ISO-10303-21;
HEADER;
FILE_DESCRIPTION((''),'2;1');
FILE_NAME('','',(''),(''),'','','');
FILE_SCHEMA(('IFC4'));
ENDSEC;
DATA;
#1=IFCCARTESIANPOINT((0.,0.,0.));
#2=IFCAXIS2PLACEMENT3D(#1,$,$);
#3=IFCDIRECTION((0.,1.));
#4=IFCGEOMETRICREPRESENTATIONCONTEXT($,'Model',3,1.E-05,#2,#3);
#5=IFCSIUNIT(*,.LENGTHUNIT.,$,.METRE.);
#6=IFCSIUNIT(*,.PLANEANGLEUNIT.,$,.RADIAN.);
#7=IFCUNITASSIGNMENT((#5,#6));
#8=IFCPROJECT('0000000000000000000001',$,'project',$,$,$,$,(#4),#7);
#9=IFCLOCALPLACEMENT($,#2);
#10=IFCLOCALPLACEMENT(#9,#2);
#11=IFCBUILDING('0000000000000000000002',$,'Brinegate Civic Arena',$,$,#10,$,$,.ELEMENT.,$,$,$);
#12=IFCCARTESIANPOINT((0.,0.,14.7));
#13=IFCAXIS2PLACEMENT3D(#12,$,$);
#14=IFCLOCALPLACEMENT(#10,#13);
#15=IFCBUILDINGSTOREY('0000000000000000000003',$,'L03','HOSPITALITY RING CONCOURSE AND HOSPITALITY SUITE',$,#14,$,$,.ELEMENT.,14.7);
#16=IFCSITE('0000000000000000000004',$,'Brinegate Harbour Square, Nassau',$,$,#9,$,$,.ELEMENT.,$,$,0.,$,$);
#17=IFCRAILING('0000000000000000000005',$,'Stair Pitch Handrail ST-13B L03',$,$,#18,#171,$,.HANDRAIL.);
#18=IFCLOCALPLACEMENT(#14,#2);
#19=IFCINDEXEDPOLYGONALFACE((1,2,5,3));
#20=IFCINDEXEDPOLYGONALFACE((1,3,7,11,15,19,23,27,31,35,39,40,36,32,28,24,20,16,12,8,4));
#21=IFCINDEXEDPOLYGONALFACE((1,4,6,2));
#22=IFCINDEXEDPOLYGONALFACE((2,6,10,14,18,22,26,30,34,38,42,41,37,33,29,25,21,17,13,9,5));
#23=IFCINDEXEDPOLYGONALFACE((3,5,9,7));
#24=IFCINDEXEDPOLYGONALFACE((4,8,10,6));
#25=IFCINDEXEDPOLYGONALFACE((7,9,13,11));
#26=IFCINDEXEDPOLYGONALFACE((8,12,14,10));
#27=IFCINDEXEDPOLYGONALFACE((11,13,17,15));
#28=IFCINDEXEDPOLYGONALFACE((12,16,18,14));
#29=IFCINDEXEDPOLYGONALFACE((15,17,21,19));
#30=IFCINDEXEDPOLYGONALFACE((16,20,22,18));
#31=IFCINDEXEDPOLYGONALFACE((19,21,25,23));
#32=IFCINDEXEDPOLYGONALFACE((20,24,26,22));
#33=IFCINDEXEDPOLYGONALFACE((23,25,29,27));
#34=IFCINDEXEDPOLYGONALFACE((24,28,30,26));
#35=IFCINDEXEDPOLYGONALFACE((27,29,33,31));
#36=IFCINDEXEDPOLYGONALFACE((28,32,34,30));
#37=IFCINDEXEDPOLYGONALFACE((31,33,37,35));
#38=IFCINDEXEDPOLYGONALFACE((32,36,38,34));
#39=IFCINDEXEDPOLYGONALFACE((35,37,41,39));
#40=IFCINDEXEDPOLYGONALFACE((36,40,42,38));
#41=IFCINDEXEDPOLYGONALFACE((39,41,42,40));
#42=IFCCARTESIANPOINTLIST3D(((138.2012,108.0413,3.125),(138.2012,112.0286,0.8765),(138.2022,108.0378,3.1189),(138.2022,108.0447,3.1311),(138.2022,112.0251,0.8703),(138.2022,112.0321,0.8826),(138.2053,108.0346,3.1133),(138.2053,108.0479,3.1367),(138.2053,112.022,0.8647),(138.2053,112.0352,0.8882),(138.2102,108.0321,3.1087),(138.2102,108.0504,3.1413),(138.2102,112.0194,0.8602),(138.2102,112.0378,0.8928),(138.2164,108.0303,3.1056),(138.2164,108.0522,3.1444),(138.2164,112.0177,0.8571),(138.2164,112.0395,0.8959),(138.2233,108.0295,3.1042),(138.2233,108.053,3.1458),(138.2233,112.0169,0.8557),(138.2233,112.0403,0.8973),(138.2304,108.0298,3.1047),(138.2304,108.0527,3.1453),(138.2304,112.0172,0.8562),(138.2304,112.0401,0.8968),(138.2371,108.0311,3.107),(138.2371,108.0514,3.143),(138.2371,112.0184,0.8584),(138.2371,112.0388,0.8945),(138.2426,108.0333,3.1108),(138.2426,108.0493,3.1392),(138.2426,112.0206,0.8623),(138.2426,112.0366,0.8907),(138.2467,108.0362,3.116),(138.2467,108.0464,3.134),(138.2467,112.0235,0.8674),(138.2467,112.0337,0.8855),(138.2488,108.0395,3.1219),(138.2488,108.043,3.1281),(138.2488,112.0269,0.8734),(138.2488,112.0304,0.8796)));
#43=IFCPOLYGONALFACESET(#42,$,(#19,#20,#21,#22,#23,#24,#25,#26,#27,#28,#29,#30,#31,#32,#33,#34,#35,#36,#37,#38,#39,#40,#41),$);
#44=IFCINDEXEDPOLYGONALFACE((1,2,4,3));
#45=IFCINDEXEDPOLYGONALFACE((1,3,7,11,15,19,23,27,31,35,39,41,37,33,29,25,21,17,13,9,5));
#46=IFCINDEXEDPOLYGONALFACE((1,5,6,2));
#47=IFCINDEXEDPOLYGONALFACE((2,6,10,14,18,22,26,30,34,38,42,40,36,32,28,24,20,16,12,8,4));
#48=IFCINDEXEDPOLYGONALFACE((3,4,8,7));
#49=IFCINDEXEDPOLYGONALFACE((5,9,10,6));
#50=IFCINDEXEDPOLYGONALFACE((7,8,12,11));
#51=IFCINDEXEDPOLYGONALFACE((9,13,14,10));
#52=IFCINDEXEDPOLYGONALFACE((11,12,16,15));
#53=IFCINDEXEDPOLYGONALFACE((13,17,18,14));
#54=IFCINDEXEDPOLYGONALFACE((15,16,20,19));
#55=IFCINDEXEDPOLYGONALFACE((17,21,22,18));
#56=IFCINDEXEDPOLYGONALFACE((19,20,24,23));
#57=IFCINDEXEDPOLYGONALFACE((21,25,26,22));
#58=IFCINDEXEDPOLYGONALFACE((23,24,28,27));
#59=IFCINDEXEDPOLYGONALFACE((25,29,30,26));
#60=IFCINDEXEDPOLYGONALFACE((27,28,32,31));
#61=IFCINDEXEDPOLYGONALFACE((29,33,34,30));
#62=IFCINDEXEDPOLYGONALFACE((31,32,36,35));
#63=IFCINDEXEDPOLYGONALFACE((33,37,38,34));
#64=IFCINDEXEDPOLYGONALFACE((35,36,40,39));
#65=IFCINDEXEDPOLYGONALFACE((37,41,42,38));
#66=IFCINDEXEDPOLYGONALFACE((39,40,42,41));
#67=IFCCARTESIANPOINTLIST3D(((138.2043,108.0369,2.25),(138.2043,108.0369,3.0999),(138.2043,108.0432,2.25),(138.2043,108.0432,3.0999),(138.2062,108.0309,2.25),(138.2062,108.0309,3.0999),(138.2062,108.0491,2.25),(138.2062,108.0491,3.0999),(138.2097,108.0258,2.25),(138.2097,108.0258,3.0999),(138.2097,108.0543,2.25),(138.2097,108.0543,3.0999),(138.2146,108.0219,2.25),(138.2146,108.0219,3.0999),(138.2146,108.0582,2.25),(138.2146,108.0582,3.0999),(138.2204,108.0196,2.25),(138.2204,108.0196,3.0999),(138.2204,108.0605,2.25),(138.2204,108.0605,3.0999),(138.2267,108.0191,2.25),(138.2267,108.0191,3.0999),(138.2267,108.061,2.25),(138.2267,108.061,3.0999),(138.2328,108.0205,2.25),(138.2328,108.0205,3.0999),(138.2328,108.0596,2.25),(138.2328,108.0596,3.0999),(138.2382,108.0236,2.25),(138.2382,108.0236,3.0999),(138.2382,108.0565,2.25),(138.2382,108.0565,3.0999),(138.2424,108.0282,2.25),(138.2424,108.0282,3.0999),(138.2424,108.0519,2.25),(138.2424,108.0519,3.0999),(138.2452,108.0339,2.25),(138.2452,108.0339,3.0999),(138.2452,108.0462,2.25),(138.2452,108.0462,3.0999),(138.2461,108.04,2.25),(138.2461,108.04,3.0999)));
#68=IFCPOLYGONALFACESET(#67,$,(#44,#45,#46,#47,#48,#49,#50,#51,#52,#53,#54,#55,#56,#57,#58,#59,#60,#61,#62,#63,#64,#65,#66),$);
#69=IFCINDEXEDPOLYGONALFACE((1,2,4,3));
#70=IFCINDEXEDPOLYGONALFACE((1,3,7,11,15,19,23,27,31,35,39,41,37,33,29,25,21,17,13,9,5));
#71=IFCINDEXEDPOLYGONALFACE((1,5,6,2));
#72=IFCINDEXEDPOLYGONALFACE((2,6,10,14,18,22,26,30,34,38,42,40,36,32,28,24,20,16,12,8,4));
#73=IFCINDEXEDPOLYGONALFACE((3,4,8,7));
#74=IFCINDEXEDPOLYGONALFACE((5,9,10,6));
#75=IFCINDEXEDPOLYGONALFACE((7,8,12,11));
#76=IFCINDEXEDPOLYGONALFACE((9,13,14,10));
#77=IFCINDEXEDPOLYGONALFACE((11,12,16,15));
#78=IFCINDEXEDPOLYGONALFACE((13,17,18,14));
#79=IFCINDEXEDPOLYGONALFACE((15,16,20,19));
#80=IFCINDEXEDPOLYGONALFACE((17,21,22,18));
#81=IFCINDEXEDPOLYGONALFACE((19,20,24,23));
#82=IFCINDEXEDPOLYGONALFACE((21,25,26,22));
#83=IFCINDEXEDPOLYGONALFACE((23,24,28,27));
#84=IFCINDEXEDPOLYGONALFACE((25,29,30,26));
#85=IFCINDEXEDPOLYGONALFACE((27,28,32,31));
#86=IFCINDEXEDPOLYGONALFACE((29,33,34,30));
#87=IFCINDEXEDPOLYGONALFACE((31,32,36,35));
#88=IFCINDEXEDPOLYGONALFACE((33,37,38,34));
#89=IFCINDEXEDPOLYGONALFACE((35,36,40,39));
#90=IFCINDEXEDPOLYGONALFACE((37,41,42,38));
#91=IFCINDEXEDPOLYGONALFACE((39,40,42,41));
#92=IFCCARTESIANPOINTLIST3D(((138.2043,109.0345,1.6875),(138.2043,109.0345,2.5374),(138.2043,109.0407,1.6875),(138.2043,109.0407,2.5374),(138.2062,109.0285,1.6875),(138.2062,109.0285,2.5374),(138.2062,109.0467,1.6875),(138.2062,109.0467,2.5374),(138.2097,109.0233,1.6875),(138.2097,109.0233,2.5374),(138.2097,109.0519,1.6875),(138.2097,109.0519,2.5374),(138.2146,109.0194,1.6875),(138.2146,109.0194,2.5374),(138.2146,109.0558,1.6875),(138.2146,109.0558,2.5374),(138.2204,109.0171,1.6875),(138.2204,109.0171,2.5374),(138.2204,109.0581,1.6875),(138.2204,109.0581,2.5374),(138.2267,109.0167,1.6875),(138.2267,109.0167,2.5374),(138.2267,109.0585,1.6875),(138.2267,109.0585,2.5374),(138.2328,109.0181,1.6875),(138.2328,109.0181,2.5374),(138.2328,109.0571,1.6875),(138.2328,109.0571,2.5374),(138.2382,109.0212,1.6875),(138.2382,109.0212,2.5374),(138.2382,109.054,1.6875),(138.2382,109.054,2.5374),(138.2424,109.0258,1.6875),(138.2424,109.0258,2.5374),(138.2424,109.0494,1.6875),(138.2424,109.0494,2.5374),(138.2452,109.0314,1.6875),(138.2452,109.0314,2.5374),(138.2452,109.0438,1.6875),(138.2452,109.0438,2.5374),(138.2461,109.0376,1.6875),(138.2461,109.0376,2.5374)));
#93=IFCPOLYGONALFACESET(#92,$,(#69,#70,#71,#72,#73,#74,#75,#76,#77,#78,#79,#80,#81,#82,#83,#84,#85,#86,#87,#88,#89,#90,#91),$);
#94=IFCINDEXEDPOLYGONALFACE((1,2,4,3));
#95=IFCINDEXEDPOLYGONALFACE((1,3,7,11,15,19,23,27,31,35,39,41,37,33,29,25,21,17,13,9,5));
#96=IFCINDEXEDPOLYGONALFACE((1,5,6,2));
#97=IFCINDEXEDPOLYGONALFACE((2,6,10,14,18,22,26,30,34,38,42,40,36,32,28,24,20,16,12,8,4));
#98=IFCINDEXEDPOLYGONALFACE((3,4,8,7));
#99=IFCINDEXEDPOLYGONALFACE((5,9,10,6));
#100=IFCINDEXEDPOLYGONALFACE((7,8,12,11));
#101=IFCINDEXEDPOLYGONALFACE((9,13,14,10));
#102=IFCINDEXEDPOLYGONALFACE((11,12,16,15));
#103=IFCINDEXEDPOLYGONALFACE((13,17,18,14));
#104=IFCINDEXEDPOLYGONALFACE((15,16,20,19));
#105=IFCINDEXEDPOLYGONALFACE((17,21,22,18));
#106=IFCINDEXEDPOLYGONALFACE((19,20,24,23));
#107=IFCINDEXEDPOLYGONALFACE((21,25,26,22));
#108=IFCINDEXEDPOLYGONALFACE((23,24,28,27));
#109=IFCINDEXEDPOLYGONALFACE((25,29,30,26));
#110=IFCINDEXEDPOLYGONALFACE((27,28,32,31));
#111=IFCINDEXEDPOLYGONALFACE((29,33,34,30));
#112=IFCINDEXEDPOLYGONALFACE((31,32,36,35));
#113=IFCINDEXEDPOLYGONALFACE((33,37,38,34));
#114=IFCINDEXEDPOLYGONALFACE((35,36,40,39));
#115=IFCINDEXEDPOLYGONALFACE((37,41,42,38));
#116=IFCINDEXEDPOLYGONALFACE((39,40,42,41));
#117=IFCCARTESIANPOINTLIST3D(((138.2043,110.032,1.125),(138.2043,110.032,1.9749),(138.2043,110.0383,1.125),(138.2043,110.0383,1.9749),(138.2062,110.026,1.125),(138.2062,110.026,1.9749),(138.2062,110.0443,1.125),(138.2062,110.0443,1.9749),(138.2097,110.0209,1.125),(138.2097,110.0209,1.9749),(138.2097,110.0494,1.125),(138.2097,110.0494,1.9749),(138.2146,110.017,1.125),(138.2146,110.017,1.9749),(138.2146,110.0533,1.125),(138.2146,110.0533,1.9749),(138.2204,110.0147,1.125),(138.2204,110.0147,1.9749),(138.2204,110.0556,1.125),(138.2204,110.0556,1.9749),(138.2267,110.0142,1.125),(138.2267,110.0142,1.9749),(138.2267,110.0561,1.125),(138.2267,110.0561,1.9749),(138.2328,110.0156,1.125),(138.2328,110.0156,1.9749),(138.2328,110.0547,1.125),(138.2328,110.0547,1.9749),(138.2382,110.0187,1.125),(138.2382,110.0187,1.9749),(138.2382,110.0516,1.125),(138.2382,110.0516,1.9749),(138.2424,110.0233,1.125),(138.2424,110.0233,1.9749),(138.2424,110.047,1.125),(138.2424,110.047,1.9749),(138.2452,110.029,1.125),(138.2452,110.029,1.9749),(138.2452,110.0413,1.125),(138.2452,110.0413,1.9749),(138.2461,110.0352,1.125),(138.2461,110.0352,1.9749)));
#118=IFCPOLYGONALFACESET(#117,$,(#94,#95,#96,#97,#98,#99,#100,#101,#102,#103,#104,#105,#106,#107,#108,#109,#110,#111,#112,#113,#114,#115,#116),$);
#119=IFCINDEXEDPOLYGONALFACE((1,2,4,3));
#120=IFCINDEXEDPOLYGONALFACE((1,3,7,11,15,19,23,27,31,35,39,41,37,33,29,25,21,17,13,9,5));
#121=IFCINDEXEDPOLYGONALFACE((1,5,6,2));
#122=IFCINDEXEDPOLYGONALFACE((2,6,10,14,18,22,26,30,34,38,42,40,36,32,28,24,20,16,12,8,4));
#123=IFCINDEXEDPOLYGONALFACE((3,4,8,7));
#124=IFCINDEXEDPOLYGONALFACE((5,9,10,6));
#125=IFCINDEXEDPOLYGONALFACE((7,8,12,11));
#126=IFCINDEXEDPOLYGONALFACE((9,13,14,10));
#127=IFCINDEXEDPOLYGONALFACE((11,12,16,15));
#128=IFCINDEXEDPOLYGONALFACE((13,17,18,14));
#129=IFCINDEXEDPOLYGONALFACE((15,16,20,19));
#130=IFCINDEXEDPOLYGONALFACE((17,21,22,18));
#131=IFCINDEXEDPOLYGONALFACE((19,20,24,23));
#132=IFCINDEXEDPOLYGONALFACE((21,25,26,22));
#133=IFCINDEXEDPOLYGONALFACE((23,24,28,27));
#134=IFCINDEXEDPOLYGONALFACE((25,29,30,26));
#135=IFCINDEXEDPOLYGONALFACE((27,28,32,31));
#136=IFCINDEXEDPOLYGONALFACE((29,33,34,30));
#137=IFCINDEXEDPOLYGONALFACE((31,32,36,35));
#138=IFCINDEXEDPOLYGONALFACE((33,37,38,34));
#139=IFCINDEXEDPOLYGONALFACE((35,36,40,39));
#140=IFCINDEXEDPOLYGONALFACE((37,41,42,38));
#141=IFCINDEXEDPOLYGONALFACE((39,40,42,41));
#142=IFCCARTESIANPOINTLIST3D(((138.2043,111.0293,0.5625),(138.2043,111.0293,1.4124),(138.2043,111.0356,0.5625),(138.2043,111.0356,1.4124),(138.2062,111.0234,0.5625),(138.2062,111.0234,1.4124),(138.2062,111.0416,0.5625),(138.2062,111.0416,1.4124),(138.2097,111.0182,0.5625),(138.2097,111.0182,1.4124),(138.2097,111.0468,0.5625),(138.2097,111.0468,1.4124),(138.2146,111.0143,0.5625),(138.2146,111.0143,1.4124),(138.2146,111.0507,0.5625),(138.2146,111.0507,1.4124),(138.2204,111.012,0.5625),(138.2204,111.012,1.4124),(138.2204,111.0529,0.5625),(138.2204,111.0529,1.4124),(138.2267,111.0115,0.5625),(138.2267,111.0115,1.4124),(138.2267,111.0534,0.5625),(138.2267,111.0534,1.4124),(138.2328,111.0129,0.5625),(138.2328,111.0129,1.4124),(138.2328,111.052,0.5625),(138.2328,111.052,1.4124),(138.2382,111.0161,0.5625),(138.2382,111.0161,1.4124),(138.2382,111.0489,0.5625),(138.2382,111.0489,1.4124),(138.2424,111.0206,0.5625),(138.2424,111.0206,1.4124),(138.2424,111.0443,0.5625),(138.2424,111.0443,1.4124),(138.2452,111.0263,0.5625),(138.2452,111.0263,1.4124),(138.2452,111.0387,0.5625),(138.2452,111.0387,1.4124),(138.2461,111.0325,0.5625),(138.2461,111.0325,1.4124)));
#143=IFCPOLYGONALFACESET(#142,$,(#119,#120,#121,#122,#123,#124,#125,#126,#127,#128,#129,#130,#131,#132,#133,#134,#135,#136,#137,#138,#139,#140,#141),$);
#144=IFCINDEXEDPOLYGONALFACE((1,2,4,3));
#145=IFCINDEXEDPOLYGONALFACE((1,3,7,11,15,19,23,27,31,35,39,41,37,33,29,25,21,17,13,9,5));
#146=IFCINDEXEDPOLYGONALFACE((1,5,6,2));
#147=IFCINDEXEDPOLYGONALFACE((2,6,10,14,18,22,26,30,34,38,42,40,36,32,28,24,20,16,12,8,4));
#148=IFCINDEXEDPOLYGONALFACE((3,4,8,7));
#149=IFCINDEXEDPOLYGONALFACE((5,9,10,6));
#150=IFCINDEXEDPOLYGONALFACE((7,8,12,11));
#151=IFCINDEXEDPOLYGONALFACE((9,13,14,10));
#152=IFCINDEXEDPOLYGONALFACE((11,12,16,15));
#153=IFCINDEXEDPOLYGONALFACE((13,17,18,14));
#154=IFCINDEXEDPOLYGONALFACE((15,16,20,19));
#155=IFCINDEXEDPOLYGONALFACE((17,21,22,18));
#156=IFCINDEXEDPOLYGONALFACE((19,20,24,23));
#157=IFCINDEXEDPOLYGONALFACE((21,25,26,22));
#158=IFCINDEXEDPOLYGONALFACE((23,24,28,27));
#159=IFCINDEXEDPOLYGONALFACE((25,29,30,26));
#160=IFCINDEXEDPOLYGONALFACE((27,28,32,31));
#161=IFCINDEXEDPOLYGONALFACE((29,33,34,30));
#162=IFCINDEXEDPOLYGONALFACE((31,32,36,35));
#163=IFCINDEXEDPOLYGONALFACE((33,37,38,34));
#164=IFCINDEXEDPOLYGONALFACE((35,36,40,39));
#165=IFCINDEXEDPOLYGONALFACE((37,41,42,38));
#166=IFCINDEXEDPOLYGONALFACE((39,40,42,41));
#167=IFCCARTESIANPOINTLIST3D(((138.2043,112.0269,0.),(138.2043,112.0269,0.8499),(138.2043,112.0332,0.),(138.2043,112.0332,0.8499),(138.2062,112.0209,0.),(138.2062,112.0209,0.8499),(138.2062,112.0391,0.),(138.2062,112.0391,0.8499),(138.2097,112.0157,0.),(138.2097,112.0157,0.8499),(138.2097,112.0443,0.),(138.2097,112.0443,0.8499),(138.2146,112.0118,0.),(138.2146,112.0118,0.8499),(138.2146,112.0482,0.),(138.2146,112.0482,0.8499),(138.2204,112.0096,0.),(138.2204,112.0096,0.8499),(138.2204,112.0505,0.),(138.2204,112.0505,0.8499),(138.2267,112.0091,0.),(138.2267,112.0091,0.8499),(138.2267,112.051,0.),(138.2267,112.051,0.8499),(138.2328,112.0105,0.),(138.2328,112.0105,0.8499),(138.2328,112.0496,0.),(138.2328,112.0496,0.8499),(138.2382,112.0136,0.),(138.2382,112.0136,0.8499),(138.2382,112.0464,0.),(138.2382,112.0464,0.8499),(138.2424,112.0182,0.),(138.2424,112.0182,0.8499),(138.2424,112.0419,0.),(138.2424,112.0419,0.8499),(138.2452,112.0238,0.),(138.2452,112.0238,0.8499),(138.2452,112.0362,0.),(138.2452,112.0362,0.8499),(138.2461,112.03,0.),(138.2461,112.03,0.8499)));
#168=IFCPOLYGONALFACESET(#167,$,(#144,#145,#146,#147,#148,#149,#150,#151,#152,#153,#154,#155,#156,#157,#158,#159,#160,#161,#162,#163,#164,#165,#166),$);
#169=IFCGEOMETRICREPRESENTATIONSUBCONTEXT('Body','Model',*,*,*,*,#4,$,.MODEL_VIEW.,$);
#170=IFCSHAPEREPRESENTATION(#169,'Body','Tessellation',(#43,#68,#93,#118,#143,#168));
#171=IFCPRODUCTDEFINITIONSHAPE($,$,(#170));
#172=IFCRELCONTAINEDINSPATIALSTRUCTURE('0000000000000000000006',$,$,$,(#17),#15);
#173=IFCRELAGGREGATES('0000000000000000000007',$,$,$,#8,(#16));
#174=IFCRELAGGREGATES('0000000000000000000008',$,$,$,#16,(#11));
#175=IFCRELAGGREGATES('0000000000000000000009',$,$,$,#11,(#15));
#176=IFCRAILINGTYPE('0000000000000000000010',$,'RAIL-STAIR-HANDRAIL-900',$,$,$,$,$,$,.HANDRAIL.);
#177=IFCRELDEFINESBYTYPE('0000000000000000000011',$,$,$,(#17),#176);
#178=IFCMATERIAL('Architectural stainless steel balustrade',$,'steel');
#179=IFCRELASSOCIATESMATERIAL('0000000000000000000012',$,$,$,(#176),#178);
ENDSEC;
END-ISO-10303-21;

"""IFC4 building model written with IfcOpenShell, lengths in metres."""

from ifc_helpers import new_model, si_unit, direction, frame, origin, origin_2d, place, context, subcontext, project, spatial, circle, extrude, material, type_object, element, save


model = new_model("IFC4")

# Units and contexts
model_context = context("Model", 3, precision=1e-05, world=origin(), true_north=direction((0.0, 1.0)))
body_context = subcontext(model_context, "Body", "Model", "MODEL_VIEW")
ifc_project = project(units=[si_unit("LENGTHUNIT", "METRE"), si_unit("PLANEANGLEUNIT", "RADIAN")], contexts=[model_context])

# Site, building, storey
site_placement = place(None, origin())
site = spatial("IfcSite", under=ifc_project, at=site_placement, Name="Brinegate Harbour Square, Nassau", CompositionType="ELEMENT", RefElevation=0.0)
building_placement = place(site_placement, origin())
building = spatial("IfcBuilding", under=site, at=building_placement, Name="Brinegate Civic Arena", CompositionType="ELEMENT")
storey_placement = place(building_placement, frame((0.0, 0.0, 14.7)))
storey = spatial("IfcBuildingStorey", under=building, at=storey_placement, Name="L03", Description="HOSPITALITY RING CONCOURSE AND HOSPITALITY SUITE", CompositionType="ELEMENT", Elevation=14.7)

# Railing
ifc_material_1 = material(Name="Architectural stainless steel balustrade", Category="steel")
railing_type_1 = type_object("IfcRailingType", Name="RAIL-STAIR-HANDRAIL-900", PredefinedType="HANDRAIL", material=ifc_material_1)
railing_1_placement = place(storey_placement, frame((138.2251, 108.04, 2.25)))
element("IfcRailing", 1, at=railing_1_placement, inside=storey, type_object=railing_type_1, Name="Stair Pitch Handrail ST-13B L03", PredefinedType="HANDRAIL", context=body_context, shape_type="SweptSolid", body=[
    extrude(circle(Radius=0.0239, at=origin_2d()), frame((0.0, 0.0012, 0.875), z_axis=(0.0, 0.87105, -0.491195), x_axis=(-1.0, 0.0, 0.0)), (0.0, 0.0, 1.0), 4.5776),
    extrude(circle(Radius=0.021, at=origin_2d()), origin(), (0.0, 0.0, 1.0), 0.8499),
    extrude(circle(Radius=0.021, at=origin_2d()), frame((0.0, 0.9976, -0.5625)), (0.0, 0.0, 1.0), 0.8499),
    extrude(circle(Radius=0.021, at=origin_2d()), frame((0.0, 1.9951, -1.125)), (0.0, 0.0, 1.0), 0.8499),
    extrude(circle(Radius=0.021, at=origin_2d()), frame((0.0, 2.9924, -1.6875)), (0.0, 0.0, 1.0), 0.8499),
    extrude(circle(Radius=0.021, at=origin_2d()), frame((0.0, 3.99, -2.25)), (0.0, 0.0, 1.0), 0.8499),
])

save(model, "model.ifc")
